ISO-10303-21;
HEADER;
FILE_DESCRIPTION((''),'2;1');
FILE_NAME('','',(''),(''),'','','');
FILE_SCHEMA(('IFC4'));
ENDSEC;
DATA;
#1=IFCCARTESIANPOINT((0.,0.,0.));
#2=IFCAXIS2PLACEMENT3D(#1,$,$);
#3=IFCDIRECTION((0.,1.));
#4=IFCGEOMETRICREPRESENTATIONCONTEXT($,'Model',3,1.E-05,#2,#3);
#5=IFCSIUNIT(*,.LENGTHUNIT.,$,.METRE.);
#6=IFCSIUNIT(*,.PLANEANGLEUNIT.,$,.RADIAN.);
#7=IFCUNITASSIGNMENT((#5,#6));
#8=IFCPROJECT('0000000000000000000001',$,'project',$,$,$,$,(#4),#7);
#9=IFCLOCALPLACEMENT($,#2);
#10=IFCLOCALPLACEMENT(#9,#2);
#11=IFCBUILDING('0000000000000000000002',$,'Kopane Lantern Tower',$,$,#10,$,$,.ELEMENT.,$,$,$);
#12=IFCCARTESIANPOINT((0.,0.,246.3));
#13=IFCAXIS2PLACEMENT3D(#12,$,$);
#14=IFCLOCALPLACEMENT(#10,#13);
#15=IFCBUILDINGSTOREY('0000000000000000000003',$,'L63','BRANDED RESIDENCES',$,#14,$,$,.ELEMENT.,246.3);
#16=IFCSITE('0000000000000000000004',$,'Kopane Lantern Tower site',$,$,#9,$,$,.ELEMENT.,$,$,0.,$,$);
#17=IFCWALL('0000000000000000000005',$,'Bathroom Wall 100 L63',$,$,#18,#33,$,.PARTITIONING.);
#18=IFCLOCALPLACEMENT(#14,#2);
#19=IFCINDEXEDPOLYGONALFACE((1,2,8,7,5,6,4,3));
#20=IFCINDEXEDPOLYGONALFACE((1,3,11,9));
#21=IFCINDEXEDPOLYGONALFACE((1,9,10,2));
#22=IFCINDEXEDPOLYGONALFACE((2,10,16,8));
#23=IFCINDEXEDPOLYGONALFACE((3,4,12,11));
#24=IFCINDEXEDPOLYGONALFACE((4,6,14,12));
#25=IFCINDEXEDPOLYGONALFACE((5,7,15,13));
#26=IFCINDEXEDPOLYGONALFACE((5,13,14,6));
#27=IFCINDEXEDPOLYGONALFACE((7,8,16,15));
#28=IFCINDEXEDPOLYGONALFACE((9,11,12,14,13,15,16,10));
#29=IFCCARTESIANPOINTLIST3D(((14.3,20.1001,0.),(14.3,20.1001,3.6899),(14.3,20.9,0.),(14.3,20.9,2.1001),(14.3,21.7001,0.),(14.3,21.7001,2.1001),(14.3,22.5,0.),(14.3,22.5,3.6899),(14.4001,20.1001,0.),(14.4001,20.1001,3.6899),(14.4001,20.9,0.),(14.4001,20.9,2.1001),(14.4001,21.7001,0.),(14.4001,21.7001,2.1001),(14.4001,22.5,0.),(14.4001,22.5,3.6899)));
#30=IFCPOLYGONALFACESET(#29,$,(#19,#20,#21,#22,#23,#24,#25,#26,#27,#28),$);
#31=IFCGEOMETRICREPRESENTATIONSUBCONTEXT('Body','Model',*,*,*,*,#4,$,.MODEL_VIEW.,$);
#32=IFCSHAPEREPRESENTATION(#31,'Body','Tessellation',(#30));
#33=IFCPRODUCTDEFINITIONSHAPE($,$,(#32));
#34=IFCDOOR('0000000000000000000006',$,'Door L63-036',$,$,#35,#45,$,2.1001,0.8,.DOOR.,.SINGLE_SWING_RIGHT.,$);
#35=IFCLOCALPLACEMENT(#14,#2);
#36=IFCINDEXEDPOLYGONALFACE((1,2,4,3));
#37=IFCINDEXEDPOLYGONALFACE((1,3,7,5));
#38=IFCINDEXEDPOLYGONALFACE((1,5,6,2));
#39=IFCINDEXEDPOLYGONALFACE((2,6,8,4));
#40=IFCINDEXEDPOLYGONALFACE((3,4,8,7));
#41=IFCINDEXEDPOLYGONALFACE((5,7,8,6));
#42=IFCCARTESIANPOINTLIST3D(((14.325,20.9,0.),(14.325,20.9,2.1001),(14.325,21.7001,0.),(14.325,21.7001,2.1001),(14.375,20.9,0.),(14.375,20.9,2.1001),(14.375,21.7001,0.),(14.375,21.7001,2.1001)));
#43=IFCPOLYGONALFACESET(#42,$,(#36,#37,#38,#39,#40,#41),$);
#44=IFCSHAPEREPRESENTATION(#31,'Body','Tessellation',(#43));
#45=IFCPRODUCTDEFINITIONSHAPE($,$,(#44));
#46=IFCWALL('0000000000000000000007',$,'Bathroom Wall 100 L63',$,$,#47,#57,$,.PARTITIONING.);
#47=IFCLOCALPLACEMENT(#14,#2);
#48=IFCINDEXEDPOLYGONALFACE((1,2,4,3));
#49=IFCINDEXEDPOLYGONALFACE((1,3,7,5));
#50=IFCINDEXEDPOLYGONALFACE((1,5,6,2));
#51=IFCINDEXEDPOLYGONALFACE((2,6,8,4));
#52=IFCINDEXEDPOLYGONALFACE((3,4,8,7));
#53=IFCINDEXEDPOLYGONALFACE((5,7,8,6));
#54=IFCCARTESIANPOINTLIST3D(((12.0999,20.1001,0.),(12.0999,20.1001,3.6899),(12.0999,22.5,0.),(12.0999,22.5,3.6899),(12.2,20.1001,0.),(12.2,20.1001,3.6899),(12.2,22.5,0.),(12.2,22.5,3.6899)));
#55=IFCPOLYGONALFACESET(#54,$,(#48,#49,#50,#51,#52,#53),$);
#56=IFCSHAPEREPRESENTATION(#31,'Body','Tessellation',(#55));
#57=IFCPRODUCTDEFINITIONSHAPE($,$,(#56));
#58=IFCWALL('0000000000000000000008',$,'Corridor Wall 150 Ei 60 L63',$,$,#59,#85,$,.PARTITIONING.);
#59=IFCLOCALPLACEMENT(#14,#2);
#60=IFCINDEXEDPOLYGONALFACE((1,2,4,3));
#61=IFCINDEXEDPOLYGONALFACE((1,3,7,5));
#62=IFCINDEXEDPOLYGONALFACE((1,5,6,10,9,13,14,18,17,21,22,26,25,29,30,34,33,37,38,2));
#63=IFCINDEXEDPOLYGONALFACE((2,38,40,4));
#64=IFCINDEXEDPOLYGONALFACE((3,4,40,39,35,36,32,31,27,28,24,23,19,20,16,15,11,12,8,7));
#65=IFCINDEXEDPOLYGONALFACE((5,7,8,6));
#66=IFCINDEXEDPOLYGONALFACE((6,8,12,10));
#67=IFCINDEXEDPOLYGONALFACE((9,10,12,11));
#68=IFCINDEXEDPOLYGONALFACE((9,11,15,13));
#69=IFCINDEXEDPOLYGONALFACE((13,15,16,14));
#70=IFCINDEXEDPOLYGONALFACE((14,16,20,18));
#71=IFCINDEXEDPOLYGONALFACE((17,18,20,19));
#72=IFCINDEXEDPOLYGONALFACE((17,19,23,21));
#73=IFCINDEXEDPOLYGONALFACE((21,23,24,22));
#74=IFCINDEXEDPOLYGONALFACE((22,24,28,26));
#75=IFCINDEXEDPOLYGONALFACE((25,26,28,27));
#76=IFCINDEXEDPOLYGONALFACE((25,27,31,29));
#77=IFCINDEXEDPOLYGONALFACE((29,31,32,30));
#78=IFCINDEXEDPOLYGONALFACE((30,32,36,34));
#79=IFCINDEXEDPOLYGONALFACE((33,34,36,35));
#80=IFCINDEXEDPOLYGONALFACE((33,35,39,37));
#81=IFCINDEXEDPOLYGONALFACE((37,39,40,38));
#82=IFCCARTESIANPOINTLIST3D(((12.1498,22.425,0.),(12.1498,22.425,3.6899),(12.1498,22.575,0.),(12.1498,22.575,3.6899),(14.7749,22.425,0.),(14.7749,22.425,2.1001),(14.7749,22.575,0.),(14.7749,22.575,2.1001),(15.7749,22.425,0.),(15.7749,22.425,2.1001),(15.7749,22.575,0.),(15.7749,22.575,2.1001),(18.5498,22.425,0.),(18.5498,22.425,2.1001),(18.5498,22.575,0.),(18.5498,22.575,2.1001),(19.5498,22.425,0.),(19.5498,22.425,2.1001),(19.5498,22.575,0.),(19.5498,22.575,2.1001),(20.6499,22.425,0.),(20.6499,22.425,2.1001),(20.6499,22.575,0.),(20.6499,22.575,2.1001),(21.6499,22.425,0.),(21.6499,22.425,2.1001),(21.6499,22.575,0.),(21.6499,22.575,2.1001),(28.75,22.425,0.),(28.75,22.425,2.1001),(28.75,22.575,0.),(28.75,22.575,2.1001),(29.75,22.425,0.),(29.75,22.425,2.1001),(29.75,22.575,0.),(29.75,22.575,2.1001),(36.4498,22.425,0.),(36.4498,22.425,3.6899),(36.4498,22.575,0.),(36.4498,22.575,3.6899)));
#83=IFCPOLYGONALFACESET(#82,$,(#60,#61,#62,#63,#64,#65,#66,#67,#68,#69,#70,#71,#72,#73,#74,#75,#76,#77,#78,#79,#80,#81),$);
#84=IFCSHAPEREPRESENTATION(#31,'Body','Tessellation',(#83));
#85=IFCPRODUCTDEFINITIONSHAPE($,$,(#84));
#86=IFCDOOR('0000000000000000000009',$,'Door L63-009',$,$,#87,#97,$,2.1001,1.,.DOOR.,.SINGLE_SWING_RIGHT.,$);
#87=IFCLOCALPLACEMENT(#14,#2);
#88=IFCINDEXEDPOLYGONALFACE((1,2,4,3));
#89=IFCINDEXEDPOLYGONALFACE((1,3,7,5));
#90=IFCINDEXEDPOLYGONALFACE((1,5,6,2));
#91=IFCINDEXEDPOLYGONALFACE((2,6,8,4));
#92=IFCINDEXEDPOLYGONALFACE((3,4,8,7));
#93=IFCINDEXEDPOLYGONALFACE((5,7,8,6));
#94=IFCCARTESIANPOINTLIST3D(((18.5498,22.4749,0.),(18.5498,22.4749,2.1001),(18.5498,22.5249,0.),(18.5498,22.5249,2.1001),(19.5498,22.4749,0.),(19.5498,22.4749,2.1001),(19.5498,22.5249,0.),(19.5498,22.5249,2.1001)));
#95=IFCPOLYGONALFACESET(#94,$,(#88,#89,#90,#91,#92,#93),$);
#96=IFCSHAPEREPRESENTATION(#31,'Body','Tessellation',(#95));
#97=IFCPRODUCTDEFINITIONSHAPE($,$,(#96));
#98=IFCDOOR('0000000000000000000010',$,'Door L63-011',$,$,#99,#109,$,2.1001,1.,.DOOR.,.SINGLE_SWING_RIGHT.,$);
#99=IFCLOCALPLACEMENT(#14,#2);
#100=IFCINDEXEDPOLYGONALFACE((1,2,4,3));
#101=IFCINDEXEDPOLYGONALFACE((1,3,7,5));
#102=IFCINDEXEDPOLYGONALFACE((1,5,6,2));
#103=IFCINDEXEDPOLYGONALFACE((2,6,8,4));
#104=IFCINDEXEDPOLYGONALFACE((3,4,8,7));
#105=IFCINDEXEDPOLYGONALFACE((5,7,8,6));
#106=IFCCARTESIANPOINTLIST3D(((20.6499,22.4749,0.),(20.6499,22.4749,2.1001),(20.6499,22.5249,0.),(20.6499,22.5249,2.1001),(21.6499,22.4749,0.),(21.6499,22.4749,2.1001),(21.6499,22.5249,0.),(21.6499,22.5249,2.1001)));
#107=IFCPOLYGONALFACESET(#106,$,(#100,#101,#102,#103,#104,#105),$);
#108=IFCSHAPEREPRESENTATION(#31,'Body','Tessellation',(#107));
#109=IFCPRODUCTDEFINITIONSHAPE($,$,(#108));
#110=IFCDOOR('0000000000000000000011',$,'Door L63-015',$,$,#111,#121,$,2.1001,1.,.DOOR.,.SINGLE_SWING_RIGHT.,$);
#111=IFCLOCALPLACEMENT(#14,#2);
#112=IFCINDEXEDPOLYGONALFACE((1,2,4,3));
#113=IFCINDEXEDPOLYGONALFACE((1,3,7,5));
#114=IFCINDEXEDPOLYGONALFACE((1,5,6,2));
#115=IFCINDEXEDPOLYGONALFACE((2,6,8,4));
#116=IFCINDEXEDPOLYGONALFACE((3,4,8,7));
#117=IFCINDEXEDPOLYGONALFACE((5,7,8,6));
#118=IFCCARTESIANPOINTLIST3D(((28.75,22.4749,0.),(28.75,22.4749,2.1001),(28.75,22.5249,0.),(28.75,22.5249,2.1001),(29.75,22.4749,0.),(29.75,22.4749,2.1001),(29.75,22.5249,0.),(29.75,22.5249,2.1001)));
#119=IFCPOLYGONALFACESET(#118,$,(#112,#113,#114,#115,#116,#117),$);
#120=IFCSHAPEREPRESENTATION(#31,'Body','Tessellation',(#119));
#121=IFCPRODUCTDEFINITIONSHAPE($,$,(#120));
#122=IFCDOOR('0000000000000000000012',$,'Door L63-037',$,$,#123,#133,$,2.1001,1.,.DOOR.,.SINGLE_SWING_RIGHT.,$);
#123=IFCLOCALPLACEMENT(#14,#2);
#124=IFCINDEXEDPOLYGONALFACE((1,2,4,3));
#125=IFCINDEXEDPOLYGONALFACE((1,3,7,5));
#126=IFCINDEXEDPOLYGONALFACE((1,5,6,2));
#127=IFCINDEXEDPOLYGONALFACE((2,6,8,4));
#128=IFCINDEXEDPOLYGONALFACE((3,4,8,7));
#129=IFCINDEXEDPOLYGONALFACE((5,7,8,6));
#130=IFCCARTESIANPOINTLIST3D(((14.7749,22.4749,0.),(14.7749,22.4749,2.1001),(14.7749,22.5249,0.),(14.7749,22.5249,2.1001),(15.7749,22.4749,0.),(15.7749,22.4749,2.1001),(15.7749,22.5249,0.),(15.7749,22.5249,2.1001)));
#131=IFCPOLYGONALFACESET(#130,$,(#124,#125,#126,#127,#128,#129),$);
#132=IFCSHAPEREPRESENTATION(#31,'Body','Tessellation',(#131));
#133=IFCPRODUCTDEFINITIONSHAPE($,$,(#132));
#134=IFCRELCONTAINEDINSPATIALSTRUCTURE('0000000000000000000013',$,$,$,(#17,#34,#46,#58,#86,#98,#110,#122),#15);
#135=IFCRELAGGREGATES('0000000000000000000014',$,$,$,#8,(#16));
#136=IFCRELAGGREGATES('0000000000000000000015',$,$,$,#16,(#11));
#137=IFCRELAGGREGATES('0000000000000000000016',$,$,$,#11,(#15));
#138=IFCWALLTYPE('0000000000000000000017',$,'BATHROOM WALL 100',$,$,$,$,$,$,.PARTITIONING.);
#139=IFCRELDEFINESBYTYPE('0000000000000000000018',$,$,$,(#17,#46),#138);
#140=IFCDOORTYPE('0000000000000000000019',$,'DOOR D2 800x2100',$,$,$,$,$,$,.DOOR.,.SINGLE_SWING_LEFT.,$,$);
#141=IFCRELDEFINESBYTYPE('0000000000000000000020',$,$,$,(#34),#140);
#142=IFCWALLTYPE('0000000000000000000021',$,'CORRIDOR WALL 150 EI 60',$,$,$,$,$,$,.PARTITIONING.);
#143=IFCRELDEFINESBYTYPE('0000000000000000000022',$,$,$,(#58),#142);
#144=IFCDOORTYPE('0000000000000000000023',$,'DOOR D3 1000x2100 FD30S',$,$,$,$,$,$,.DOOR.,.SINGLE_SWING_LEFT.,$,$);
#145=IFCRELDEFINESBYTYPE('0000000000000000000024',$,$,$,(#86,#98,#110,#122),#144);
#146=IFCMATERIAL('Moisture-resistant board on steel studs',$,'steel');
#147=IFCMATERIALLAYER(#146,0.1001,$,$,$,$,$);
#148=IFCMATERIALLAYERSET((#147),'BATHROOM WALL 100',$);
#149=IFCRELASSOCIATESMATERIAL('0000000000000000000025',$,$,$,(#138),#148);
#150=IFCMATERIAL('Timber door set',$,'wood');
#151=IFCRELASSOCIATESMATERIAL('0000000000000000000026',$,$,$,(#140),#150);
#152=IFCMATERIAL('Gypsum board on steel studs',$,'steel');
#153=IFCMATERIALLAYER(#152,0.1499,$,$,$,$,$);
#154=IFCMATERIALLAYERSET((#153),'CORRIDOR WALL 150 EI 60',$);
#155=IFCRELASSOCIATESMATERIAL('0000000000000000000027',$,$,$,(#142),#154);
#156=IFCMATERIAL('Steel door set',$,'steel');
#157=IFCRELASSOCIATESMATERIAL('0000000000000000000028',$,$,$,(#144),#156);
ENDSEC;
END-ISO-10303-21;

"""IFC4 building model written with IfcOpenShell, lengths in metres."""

from ifc_helpers import new_model, si_unit, direction, frame, frame_2d, origin, place, context, subcontext, project, spatial, rectangle, extrude, material, layer, layer_set, type_object, element, fill, save


model = new_model("IFC4")

# Units and contexts
model_context = context("Model", 3, precision=1e-05, world=origin(), true_north=direction((0.0, 1.0)))
body_context = subcontext(model_context, "Body", "Model", "MODEL_VIEW")
ifc_project = project(units=[si_unit("LENGTHUNIT", "METRE"), si_unit("PLANEANGLEUNIT", "RADIAN")], contexts=[model_context])

# Site, building, storey
site_placement = place(None, origin())
site = spatial("IfcSite", under=ifc_project, at=site_placement, Name="Kopane Lantern Tower site", CompositionType="ELEMENT", RefElevation=0.0)
building_placement = place(site_placement, origin())
building = spatial("IfcBuilding", under=site, at=building_placement, Name="Kopane Lantern Tower", CompositionType="ELEMENT")
storey_placement = place(building_placement, frame((0.0, 0.0, 246.3)))
storey = spatial("IfcBuildingStorey", under=building, at=storey_placement, Name="L63", Description="BRANDED RESIDENCES", CompositionType="ELEMENT", Elevation=246.3)

# Wall, opening, door
ifc_material_1 = material(Name="Moisture-resistant board on steel studs", Category="steel")
ifc_layer_1 = layer(ifc_material_1, 0.1001)
ifc_layer_set_1 = layer_set([ifc_layer_1], Name="BATHROOM WALL 100")
wall_type_1 = type_object("IfcWallType", Name="BATHROOM WALL 100", PredefinedType="PARTITIONING", material=ifc_layer_set_1)
wall_1_placement = place(storey_placement, frame((14.3501, 22.5, 0.0), z_axis=(0.0, 0.0, 1.0), x_axis=(0.0, -1.0, 0.0)))
wall_1 = element("IfcWall", 1, at=wall_1_placement, inside=storey, type_object=wall_type_1, Name="Bathroom Wall 100 L63", PredefinedType="PARTITIONING", context=body_context, shape_type="SweptSolid", body=[
    extrude(rectangle(XDim=2.3999, YDim=0.1001, at=frame_2d((1.2, 0.0))), origin(), (0.0, 0.0, 1.0), 3.6899),
])
opening_1_placement = place(wall_1_placement, frame((0.8, 0.0, 0.0)))
opening_1 = element("IfcOpeningElement", 2, at=opening_1_placement, cuts=wall_1, PredefinedType="OPENING", context=body_context, shape_type="SweptSolid", body=[
    extrude(rectangle(XDim=0.8, YDim=2.1001, at=frame_2d((0.3999, 1.05))), frame((0.0, 0.0601, 0.0), z_axis=(0.0, -1.0, 0.0), x_axis=(1.0, 0.0, 0.0)), (0.0, 0.0, 1.0), 0.1201),
])
ifc_material_2 = material(Name="Timber door set", Category="wood")
door_type_1 = type_object("IfcDoorType", Name="DOOR D2 800x2100", OperationType="SINGLE_SWING_LEFT", PredefinedType="DOOR", material=ifc_material_2)
door_1_placement = place(opening_1_placement, origin())
door_1 = element("IfcDoor", 3, at=door_1_placement, inside=storey, type_object=door_type_1, Name="Door L63-036", OperationType="SINGLE_SWING_RIGHT", OverallHeight=2.1001, OverallWidth=0.8, PredefinedType="DOOR", context=body_context, shape_type="SweptSolid", body=[
    extrude(rectangle(XDim=0.8, YDim=2.1001, at=frame_2d((0.3999, 1.05))), frame((0.0, 0.0249, 0.0), z_axis=(0.0, -1.0, 0.0), x_axis=(1.0, 0.0, 0.0)), (0.0, 0.0, 1.0), 0.05),
])
fill(opening_1, door_1)

# Wall
wall_2_placement = place(storey_placement, frame((12.1499, 22.5, 0.0), z_axis=(0.0, 0.0, 1.0), x_axis=(0.0, -1.0, 0.0)))
element("IfcWall", 4, at=wall_2_placement, inside=storey, type_object=wall_type_1, Name="Bathroom Wall 100 L63", PredefinedType="PARTITIONING", context=body_context, shape_type="SweptSolid", body=[
    extrude(rectangle(XDim=2.3999, YDim=0.1001, at=frame_2d((1.2, 0.0))), origin(), (0.0, 0.0, 1.0), 3.6899),
])

# Wall, openings, doors
ifc_material_3 = material(Name="Gypsum board on steel studs", Category="steel")
ifc_layer_2 = layer(ifc_material_3, 0.1499)
ifc_layer_set_2 = layer_set([ifc_layer_2], Name="CORRIDOR WALL 150 EI 60")
wall_type_2 = type_object("IfcWallType", Name="CORRIDOR WALL 150 EI 60", PredefinedType="PARTITIONING", material=ifc_layer_set_2)
wall_3_placement = place(storey_placement, frame((12.1499, 22.5, 0.0), z_axis=(0.0, 0.0, 1.0), x_axis=(1.0, 0.0, 0.0)))
wall_3 = element("IfcWall", 5, at=wall_3_placement, inside=storey, type_object=wall_type_2, Name="Corridor Wall 150 Ei 60 L63", PredefinedType="PARTITIONING", context=body_context, shape_type="SweptSolid", body=[
    extrude(rectangle(XDim=24.3, YDim=0.1499, at=frame_2d((12.1499, 0.0))), origin(), (0.0, 0.0, 1.0), 3.6899),
])
opening_2_placement = place(wall_3_placement, frame((6.3999, 0.0, 0.0)))
opening_2 = element("IfcOpeningElement", 6, at=opening_2_placement, cuts=wall_3, PredefinedType="OPENING", context=body_context, shape_type="SweptSolid", body=[
    extrude(rectangle(XDim=1.0, YDim=2.1001, at=frame_2d((0.5, 1.05))), frame((0.0, 0.085, 0.0), z_axis=(0.0, -1.0, 0.0), x_axis=(1.0, 0.0, 0.0)), (0.0, 0.0, 1.0), 0.1699),
])
opening_3_placement = place(wall_3_placement, frame((8.5, 0.0, 0.0)))
opening_3 = element("IfcOpeningElement", 7, at=opening_3_placement, cuts=wall_3, PredefinedType="OPENING", context=body_context, shape_type="SweptSolid", body=[
    extrude(rectangle(XDim=1.0, YDim=2.1001, at=frame_2d((0.5, 1.05))), frame((0.0, 0.085, 0.0), z_axis=(0.0, -1.0, 0.0), x_axis=(1.0, 0.0, 0.0)), (0.0, 0.0, 1.0), 0.1699),
])
opening_4_placement = place(wall_3_placement, frame((16.6001, 0.0, 0.0)))
opening_4 = element("IfcOpeningElement", 8, at=opening_4_placement, cuts=wall_3, PredefinedType="OPENING", context=body_context, shape_type="SweptSolid", body=[
    extrude(rectangle(XDim=1.0, YDim=2.1001, at=frame_2d((0.5, 1.05))), frame((0.0, 0.085, 0.0), z_axis=(0.0, -1.0, 0.0), x_axis=(1.0, 0.0, 0.0)), (0.0, 0.0, 1.0), 0.1699),
])
opening_5_placement = place(wall_3_placement, frame((2.625, 0.0, 0.0)))
opening_5 = element("IfcOpeningElement", 9, at=opening_5_placement, cuts=wall_3, PredefinedType="OPENING", context=body_context, shape_type="SweptSolid", body=[
    extrude(rectangle(XDim=1.0, YDim=2.1001, at=frame_2d((0.5, 1.05))), frame((0.0, 0.085, 0.0), z_axis=(0.0, -1.0, 0.0), x_axis=(1.0, 0.0, 0.0)), (0.0, 0.0, 1.0), 0.1699),
])
ifc_material_4 = material(Name="Steel door set", Category="steel")
door_type_2 = type_object("IfcDoorType", Name="DOOR D3 1000x2100 FD30S", OperationType="SINGLE_SWING_LEFT", PredefinedType="DOOR", material=ifc_material_4)
door_2_placement = place(opening_2_placement, origin())
door_2 = element("IfcDoor", 10, at=door_2_placement, inside=storey, type_object=door_type_2, Name="Door L63-009", OperationType="SINGLE_SWING_RIGHT", OverallHeight=2.1001, OverallWidth=1.0, PredefinedType="DOOR", context=body_context, shape_type="SweptSolid", body=[
    extrude(rectangle(XDim=1.0, YDim=2.1001, at=frame_2d((0.5, 1.05))), frame((0.0, 0.0249, 0.0), z_axis=(0.0, -1.0, 0.0), x_axis=(1.0, 0.0, 0.0)), (0.0, 0.0, 1.0), 0.05),
])
fill(opening_2, door_2)
door_3_placement = place(opening_3_placement, origin())
door_3 = element("IfcDoor", 11, at=door_3_placement, inside=storey, type_object=door_type_2, Name="Door L63-011", OperationType="SINGLE_SWING_RIGHT", OverallHeight=2.1001, OverallWidth=1.0, PredefinedType="DOOR", context=body_context, shape_type="SweptSolid", body=[
    extrude(rectangle(XDim=1.0, YDim=2.1001, at=frame_2d((0.5, 1.05))), frame((0.0, 0.0249, 0.0), z_axis=(0.0, -1.0, 0.0), x_axis=(1.0, 0.0, 0.0)), (0.0, 0.0, 1.0), 0.05),
])
fill(opening_3, door_3)
door_4_placement = place(opening_4_placement, origin())
door_4 = element("IfcDoor", 12, at=door_4_placement, inside=storey, type_object=door_type_2, Name="Door L63-015", OperationType="SINGLE_SWING_RIGHT", OverallHeight=2.1001, OverallWidth=1.0, PredefinedType="DOOR", context=body_context, shape_type="SweptSolid", body=[
    extrude(rectangle(XDim=1.0, YDim=2.1001, at=frame_2d((0.5, 1.05))), frame((0.0, 0.0249, 0.0), z_axis=(0.0, -1.0, 0.0), x_axis=(1.0, 0.0, 0.0)), (0.0, 0.0, 1.0), 0.05),
])
fill(opening_4, door_4)
door_5_placement = place(opening_5_placement, origin())
door_5 = element("IfcDoor", 13, at=door_5_placement, inside=storey, type_object=door_type_2, Name="Door L63-037", OperationType="SINGLE_SWING_RIGHT", OverallHeight=2.1001, OverallWidth=1.0, PredefinedType="DOOR", context=body_context, shape_type="SweptSolid", body=[
    extrude(rectangle(XDim=1.0, YDim=2.1001, at=frame_2d((0.5, 1.05))), frame((0.0, 0.0249, 0.0), z_axis=(0.0, -1.0, 0.0), x_axis=(1.0, 0.0, 0.0)), (0.0, 0.0, 1.0), 0.05),
])
fill(opening_5, door_5)

save(model, "model.ifc")
